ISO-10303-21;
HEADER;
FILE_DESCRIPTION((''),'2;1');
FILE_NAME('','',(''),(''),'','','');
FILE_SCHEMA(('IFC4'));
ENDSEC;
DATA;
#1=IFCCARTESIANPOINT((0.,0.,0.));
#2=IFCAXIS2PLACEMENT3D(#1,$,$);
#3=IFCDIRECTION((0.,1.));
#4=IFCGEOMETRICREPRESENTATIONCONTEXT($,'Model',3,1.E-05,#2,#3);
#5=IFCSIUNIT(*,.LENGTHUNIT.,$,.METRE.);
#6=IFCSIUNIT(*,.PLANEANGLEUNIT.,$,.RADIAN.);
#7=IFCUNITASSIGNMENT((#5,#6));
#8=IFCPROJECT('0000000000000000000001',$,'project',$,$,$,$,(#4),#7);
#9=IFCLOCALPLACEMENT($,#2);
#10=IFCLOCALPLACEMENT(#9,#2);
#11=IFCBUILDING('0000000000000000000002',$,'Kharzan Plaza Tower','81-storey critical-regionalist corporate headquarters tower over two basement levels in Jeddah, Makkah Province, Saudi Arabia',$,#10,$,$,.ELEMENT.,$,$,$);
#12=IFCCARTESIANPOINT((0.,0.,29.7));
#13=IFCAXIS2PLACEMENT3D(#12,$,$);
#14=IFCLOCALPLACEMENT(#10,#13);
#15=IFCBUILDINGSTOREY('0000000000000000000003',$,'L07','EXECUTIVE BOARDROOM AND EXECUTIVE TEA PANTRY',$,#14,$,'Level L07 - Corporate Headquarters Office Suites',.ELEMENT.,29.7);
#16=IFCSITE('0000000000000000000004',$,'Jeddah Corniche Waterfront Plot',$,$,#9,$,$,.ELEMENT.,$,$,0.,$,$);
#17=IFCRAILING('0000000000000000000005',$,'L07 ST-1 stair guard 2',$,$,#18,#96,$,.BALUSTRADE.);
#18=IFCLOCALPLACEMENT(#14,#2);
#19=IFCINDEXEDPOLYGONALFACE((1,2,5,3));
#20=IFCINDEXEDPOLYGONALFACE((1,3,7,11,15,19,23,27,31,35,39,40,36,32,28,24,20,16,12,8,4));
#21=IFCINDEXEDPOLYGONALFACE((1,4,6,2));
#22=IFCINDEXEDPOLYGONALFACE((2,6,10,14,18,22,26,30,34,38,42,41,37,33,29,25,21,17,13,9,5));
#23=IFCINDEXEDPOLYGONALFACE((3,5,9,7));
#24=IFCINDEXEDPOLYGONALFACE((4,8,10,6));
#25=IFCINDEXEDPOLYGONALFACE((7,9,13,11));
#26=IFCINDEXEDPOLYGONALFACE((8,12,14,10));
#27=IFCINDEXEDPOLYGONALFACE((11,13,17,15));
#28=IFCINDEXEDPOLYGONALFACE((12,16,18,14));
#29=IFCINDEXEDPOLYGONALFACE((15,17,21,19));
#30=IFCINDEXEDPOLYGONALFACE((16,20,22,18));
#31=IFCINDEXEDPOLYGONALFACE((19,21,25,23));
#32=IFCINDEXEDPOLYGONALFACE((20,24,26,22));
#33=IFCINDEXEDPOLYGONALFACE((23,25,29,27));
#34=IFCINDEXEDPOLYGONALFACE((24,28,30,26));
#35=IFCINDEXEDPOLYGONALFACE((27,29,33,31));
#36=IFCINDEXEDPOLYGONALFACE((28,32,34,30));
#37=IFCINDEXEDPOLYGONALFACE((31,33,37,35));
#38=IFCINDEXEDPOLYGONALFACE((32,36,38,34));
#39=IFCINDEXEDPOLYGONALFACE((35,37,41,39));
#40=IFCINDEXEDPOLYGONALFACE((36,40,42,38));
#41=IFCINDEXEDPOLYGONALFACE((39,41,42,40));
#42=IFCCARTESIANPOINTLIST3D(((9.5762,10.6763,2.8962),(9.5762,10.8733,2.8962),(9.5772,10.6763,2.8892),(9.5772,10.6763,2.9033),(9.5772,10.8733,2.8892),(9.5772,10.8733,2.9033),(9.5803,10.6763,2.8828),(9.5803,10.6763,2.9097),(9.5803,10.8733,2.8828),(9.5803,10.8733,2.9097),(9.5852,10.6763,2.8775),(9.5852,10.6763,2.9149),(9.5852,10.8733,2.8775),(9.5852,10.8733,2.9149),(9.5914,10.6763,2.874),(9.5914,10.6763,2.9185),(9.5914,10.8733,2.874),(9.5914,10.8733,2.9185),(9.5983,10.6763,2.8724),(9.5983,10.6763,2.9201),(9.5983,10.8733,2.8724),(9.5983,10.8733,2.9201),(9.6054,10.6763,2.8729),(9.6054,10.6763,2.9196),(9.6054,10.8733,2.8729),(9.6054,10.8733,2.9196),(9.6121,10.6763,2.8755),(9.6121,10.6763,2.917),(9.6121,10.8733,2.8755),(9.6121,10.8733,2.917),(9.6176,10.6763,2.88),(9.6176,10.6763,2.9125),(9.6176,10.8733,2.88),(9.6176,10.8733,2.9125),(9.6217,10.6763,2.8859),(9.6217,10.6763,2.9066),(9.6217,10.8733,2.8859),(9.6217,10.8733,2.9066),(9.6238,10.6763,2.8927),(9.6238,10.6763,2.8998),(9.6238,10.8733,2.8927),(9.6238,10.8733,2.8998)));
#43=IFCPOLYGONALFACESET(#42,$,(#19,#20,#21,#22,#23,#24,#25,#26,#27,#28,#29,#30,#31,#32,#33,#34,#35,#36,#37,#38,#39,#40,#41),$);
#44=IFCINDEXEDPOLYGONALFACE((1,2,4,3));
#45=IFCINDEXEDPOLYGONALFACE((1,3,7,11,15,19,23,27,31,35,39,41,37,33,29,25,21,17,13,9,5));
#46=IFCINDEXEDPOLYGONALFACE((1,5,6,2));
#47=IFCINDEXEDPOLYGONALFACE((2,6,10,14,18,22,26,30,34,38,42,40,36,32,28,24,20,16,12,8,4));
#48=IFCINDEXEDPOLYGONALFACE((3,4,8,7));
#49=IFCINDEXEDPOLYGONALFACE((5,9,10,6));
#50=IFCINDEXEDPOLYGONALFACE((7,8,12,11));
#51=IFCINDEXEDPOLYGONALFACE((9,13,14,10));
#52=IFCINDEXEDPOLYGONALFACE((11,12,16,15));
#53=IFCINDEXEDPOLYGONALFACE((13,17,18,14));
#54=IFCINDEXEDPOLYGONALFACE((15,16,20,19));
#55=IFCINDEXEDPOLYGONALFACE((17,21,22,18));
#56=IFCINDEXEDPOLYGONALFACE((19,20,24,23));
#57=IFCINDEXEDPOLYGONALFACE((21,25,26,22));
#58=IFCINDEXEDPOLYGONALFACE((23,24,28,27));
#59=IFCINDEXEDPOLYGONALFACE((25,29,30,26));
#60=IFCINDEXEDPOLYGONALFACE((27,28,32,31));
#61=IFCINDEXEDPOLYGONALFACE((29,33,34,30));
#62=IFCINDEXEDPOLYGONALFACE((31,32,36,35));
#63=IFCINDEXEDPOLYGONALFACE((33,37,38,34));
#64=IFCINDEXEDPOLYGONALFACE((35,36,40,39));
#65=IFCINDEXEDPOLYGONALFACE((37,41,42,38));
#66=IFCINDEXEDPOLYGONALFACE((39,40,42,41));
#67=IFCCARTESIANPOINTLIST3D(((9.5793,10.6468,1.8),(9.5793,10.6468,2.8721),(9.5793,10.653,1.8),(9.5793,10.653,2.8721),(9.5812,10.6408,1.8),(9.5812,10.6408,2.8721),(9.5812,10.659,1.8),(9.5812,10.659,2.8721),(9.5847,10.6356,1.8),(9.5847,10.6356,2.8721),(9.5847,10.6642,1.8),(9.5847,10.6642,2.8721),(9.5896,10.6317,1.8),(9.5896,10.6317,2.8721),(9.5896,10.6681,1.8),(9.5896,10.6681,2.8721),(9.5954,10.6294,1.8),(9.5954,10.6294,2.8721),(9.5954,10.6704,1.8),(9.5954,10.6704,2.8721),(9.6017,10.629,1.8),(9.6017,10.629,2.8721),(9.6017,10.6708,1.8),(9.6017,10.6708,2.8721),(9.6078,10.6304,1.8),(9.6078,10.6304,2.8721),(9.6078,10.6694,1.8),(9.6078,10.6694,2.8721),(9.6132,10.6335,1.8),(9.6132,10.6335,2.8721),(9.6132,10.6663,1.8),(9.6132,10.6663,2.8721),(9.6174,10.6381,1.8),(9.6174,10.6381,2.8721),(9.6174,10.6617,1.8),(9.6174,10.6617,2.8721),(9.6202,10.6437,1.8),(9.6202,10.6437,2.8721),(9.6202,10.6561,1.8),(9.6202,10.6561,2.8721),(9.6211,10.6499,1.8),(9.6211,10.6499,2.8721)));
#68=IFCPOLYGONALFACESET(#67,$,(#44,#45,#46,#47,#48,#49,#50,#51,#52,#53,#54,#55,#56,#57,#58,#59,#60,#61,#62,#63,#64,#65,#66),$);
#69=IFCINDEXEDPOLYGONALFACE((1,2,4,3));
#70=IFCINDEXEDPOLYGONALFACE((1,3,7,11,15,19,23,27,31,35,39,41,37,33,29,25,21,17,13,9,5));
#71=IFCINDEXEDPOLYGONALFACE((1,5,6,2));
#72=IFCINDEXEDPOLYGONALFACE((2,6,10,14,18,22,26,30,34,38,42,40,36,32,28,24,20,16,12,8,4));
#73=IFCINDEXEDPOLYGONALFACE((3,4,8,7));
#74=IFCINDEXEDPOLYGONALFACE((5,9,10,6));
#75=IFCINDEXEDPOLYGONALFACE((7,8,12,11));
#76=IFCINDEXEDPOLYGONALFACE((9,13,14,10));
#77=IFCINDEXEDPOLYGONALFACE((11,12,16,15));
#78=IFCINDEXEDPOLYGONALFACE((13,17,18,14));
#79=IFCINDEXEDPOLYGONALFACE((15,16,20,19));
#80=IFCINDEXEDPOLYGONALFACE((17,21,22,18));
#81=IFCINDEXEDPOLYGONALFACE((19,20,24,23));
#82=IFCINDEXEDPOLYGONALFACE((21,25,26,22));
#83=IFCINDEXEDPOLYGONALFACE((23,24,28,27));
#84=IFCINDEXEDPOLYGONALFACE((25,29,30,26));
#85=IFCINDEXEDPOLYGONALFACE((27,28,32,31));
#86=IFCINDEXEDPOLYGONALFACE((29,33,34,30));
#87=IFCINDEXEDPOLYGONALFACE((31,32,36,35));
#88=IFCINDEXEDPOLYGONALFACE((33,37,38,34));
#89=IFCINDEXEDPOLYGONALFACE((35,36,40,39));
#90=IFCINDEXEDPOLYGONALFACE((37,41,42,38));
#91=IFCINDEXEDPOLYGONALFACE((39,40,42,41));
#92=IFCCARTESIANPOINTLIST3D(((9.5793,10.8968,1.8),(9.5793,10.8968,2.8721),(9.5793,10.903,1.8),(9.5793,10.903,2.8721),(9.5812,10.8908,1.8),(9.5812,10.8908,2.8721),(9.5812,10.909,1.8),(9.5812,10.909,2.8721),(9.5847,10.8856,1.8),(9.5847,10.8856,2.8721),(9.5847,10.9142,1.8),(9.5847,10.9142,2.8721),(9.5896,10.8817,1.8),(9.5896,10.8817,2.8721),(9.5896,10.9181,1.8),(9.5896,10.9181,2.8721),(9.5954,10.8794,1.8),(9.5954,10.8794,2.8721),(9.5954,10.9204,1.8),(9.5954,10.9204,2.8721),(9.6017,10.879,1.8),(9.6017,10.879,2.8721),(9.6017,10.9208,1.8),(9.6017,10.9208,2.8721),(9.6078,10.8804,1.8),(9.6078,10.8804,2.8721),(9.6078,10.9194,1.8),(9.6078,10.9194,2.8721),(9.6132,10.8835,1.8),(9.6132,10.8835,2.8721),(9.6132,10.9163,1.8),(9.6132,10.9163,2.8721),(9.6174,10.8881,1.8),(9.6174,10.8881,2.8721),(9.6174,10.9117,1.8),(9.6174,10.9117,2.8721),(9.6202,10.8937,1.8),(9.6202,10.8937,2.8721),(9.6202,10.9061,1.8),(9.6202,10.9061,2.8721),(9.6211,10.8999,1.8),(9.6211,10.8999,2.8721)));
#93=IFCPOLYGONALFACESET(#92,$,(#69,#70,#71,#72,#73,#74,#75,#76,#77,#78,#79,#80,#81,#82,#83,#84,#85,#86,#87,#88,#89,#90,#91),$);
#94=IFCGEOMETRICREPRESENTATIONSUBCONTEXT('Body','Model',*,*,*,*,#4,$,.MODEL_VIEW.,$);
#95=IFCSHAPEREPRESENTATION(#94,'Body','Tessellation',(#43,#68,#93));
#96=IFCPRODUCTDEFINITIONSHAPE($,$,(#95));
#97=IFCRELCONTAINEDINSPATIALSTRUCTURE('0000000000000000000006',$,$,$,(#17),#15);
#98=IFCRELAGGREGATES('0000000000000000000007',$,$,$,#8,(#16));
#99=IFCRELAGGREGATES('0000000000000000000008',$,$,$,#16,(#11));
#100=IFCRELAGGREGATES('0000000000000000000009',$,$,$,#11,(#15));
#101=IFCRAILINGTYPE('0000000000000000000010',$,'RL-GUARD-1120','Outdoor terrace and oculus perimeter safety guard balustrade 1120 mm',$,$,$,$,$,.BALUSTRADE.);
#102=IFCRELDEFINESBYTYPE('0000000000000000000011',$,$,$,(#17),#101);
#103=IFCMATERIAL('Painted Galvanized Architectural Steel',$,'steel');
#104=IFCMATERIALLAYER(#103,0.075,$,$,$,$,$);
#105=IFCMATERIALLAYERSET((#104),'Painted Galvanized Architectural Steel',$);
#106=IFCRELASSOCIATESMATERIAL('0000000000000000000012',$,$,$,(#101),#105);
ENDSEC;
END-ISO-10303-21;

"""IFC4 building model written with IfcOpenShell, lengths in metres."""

from ifc_helpers import new_model, si_unit, direction, frame, origin, origin_2d, place, context, subcontext, project, spatial, circle, extrude, source, transform, mapped, material, layer, layer_set, type_object, element, save


model = new_model("IFC4")

# Units and contexts
model_context = context("Model", 3, precision=1e-05, world=origin(), true_north=direction((0.0, 1.0)))
body_context = subcontext(model_context, "Body", "Model", "MODEL_VIEW")
ifc_project = project(units=[si_unit("LENGTHUNIT", "METRE"), si_unit("PLANEANGLEUNIT", "RADIAN")], contexts=[model_context])

# Site, building, storey
site_placement = place(None, origin())
site = spatial("IfcSite", under=ifc_project, at=site_placement, Name="Jeddah Corniche Waterfront Plot", CompositionType="ELEMENT", RefElevation=0.0)
building_placement = place(site_placement, origin())
building = spatial("IfcBuilding", under=site, at=building_placement, Name="Kharzan Plaza Tower", Description="81-storey critical-regionalist corporate headquarters tower over two basement levels in Jeddah, Makkah Province, Saudi Arabia", CompositionType="ELEMENT")
storey_placement = place(building_placement, frame((0.0, 0.0, 29.7)))
storey = spatial("IfcBuildingStorey", under=building, at=storey_placement, Name="L07", Description="EXECUTIVE BOARDROOM AND EXECUTIVE TEA PANTRY", LongName="Level L07 - Corporate Headquarters Office Suites", CompositionType="ELEMENT", Elevation=29.7)

# Railing
ifc_material_1 = material(Name="Painted Galvanized Architectural Steel", Category="steel")
ifc_layer_1 = layer(ifc_material_1, 0.075)
ifc_layer_set_1 = layer_set([ifc_layer_1], Name="Painted Galvanized Architectural Steel")
railing_type_1 = type_object("IfcRailingType", Name="RL-GUARD-1120", Description="Outdoor terrace and oculus perimeter safety guard balustrade 1120 mm", PredefinedType="BALUSTRADE", material=ifc_layer_set_1)
shared_shape_1 = source(origin(), body_context, "Body", "SweptSolid", [
    extrude(circle(Radius=0.0239, at=origin_2d()), frame((0.0, 0.0264, 1.0962), z_axis=(0.0, 1.0, 0.0), x_axis=(-1.0, 0.0, 0.0)), (0.0, 0.0, 1.0), 0.197),
    extrude(circle(Radius=0.021, at=origin_2d()), origin(), (0.0, 0.0, 1.0), 1.072),
    extrude(circle(Radius=0.021, at=origin_2d()), frame((0.0, 0.25, 0.0)), (0.0, 0.0, 1.0), 1.072),
])
railing_1_placement = place(storey_placement, frame((9.6001, 10.6499, 1.8)))
element("IfcRailing", 1, at=railing_1_placement, inside=storey, type_object=railing_type_1, Name="L07 ST-1 stair guard 2", PredefinedType="BALUSTRADE", context=body_context, shape_type="MappedRepresentation", body=[
    mapped(shared_shape_1, transform((0.0, 0.0, 0.0), x_axis=(1.0, 0.0, 0.0), y_axis=(0.0, 1.0, 0.0), z_axis=(0.0, 0.0, 1.0))),
])

save(model, "model.ifc")
